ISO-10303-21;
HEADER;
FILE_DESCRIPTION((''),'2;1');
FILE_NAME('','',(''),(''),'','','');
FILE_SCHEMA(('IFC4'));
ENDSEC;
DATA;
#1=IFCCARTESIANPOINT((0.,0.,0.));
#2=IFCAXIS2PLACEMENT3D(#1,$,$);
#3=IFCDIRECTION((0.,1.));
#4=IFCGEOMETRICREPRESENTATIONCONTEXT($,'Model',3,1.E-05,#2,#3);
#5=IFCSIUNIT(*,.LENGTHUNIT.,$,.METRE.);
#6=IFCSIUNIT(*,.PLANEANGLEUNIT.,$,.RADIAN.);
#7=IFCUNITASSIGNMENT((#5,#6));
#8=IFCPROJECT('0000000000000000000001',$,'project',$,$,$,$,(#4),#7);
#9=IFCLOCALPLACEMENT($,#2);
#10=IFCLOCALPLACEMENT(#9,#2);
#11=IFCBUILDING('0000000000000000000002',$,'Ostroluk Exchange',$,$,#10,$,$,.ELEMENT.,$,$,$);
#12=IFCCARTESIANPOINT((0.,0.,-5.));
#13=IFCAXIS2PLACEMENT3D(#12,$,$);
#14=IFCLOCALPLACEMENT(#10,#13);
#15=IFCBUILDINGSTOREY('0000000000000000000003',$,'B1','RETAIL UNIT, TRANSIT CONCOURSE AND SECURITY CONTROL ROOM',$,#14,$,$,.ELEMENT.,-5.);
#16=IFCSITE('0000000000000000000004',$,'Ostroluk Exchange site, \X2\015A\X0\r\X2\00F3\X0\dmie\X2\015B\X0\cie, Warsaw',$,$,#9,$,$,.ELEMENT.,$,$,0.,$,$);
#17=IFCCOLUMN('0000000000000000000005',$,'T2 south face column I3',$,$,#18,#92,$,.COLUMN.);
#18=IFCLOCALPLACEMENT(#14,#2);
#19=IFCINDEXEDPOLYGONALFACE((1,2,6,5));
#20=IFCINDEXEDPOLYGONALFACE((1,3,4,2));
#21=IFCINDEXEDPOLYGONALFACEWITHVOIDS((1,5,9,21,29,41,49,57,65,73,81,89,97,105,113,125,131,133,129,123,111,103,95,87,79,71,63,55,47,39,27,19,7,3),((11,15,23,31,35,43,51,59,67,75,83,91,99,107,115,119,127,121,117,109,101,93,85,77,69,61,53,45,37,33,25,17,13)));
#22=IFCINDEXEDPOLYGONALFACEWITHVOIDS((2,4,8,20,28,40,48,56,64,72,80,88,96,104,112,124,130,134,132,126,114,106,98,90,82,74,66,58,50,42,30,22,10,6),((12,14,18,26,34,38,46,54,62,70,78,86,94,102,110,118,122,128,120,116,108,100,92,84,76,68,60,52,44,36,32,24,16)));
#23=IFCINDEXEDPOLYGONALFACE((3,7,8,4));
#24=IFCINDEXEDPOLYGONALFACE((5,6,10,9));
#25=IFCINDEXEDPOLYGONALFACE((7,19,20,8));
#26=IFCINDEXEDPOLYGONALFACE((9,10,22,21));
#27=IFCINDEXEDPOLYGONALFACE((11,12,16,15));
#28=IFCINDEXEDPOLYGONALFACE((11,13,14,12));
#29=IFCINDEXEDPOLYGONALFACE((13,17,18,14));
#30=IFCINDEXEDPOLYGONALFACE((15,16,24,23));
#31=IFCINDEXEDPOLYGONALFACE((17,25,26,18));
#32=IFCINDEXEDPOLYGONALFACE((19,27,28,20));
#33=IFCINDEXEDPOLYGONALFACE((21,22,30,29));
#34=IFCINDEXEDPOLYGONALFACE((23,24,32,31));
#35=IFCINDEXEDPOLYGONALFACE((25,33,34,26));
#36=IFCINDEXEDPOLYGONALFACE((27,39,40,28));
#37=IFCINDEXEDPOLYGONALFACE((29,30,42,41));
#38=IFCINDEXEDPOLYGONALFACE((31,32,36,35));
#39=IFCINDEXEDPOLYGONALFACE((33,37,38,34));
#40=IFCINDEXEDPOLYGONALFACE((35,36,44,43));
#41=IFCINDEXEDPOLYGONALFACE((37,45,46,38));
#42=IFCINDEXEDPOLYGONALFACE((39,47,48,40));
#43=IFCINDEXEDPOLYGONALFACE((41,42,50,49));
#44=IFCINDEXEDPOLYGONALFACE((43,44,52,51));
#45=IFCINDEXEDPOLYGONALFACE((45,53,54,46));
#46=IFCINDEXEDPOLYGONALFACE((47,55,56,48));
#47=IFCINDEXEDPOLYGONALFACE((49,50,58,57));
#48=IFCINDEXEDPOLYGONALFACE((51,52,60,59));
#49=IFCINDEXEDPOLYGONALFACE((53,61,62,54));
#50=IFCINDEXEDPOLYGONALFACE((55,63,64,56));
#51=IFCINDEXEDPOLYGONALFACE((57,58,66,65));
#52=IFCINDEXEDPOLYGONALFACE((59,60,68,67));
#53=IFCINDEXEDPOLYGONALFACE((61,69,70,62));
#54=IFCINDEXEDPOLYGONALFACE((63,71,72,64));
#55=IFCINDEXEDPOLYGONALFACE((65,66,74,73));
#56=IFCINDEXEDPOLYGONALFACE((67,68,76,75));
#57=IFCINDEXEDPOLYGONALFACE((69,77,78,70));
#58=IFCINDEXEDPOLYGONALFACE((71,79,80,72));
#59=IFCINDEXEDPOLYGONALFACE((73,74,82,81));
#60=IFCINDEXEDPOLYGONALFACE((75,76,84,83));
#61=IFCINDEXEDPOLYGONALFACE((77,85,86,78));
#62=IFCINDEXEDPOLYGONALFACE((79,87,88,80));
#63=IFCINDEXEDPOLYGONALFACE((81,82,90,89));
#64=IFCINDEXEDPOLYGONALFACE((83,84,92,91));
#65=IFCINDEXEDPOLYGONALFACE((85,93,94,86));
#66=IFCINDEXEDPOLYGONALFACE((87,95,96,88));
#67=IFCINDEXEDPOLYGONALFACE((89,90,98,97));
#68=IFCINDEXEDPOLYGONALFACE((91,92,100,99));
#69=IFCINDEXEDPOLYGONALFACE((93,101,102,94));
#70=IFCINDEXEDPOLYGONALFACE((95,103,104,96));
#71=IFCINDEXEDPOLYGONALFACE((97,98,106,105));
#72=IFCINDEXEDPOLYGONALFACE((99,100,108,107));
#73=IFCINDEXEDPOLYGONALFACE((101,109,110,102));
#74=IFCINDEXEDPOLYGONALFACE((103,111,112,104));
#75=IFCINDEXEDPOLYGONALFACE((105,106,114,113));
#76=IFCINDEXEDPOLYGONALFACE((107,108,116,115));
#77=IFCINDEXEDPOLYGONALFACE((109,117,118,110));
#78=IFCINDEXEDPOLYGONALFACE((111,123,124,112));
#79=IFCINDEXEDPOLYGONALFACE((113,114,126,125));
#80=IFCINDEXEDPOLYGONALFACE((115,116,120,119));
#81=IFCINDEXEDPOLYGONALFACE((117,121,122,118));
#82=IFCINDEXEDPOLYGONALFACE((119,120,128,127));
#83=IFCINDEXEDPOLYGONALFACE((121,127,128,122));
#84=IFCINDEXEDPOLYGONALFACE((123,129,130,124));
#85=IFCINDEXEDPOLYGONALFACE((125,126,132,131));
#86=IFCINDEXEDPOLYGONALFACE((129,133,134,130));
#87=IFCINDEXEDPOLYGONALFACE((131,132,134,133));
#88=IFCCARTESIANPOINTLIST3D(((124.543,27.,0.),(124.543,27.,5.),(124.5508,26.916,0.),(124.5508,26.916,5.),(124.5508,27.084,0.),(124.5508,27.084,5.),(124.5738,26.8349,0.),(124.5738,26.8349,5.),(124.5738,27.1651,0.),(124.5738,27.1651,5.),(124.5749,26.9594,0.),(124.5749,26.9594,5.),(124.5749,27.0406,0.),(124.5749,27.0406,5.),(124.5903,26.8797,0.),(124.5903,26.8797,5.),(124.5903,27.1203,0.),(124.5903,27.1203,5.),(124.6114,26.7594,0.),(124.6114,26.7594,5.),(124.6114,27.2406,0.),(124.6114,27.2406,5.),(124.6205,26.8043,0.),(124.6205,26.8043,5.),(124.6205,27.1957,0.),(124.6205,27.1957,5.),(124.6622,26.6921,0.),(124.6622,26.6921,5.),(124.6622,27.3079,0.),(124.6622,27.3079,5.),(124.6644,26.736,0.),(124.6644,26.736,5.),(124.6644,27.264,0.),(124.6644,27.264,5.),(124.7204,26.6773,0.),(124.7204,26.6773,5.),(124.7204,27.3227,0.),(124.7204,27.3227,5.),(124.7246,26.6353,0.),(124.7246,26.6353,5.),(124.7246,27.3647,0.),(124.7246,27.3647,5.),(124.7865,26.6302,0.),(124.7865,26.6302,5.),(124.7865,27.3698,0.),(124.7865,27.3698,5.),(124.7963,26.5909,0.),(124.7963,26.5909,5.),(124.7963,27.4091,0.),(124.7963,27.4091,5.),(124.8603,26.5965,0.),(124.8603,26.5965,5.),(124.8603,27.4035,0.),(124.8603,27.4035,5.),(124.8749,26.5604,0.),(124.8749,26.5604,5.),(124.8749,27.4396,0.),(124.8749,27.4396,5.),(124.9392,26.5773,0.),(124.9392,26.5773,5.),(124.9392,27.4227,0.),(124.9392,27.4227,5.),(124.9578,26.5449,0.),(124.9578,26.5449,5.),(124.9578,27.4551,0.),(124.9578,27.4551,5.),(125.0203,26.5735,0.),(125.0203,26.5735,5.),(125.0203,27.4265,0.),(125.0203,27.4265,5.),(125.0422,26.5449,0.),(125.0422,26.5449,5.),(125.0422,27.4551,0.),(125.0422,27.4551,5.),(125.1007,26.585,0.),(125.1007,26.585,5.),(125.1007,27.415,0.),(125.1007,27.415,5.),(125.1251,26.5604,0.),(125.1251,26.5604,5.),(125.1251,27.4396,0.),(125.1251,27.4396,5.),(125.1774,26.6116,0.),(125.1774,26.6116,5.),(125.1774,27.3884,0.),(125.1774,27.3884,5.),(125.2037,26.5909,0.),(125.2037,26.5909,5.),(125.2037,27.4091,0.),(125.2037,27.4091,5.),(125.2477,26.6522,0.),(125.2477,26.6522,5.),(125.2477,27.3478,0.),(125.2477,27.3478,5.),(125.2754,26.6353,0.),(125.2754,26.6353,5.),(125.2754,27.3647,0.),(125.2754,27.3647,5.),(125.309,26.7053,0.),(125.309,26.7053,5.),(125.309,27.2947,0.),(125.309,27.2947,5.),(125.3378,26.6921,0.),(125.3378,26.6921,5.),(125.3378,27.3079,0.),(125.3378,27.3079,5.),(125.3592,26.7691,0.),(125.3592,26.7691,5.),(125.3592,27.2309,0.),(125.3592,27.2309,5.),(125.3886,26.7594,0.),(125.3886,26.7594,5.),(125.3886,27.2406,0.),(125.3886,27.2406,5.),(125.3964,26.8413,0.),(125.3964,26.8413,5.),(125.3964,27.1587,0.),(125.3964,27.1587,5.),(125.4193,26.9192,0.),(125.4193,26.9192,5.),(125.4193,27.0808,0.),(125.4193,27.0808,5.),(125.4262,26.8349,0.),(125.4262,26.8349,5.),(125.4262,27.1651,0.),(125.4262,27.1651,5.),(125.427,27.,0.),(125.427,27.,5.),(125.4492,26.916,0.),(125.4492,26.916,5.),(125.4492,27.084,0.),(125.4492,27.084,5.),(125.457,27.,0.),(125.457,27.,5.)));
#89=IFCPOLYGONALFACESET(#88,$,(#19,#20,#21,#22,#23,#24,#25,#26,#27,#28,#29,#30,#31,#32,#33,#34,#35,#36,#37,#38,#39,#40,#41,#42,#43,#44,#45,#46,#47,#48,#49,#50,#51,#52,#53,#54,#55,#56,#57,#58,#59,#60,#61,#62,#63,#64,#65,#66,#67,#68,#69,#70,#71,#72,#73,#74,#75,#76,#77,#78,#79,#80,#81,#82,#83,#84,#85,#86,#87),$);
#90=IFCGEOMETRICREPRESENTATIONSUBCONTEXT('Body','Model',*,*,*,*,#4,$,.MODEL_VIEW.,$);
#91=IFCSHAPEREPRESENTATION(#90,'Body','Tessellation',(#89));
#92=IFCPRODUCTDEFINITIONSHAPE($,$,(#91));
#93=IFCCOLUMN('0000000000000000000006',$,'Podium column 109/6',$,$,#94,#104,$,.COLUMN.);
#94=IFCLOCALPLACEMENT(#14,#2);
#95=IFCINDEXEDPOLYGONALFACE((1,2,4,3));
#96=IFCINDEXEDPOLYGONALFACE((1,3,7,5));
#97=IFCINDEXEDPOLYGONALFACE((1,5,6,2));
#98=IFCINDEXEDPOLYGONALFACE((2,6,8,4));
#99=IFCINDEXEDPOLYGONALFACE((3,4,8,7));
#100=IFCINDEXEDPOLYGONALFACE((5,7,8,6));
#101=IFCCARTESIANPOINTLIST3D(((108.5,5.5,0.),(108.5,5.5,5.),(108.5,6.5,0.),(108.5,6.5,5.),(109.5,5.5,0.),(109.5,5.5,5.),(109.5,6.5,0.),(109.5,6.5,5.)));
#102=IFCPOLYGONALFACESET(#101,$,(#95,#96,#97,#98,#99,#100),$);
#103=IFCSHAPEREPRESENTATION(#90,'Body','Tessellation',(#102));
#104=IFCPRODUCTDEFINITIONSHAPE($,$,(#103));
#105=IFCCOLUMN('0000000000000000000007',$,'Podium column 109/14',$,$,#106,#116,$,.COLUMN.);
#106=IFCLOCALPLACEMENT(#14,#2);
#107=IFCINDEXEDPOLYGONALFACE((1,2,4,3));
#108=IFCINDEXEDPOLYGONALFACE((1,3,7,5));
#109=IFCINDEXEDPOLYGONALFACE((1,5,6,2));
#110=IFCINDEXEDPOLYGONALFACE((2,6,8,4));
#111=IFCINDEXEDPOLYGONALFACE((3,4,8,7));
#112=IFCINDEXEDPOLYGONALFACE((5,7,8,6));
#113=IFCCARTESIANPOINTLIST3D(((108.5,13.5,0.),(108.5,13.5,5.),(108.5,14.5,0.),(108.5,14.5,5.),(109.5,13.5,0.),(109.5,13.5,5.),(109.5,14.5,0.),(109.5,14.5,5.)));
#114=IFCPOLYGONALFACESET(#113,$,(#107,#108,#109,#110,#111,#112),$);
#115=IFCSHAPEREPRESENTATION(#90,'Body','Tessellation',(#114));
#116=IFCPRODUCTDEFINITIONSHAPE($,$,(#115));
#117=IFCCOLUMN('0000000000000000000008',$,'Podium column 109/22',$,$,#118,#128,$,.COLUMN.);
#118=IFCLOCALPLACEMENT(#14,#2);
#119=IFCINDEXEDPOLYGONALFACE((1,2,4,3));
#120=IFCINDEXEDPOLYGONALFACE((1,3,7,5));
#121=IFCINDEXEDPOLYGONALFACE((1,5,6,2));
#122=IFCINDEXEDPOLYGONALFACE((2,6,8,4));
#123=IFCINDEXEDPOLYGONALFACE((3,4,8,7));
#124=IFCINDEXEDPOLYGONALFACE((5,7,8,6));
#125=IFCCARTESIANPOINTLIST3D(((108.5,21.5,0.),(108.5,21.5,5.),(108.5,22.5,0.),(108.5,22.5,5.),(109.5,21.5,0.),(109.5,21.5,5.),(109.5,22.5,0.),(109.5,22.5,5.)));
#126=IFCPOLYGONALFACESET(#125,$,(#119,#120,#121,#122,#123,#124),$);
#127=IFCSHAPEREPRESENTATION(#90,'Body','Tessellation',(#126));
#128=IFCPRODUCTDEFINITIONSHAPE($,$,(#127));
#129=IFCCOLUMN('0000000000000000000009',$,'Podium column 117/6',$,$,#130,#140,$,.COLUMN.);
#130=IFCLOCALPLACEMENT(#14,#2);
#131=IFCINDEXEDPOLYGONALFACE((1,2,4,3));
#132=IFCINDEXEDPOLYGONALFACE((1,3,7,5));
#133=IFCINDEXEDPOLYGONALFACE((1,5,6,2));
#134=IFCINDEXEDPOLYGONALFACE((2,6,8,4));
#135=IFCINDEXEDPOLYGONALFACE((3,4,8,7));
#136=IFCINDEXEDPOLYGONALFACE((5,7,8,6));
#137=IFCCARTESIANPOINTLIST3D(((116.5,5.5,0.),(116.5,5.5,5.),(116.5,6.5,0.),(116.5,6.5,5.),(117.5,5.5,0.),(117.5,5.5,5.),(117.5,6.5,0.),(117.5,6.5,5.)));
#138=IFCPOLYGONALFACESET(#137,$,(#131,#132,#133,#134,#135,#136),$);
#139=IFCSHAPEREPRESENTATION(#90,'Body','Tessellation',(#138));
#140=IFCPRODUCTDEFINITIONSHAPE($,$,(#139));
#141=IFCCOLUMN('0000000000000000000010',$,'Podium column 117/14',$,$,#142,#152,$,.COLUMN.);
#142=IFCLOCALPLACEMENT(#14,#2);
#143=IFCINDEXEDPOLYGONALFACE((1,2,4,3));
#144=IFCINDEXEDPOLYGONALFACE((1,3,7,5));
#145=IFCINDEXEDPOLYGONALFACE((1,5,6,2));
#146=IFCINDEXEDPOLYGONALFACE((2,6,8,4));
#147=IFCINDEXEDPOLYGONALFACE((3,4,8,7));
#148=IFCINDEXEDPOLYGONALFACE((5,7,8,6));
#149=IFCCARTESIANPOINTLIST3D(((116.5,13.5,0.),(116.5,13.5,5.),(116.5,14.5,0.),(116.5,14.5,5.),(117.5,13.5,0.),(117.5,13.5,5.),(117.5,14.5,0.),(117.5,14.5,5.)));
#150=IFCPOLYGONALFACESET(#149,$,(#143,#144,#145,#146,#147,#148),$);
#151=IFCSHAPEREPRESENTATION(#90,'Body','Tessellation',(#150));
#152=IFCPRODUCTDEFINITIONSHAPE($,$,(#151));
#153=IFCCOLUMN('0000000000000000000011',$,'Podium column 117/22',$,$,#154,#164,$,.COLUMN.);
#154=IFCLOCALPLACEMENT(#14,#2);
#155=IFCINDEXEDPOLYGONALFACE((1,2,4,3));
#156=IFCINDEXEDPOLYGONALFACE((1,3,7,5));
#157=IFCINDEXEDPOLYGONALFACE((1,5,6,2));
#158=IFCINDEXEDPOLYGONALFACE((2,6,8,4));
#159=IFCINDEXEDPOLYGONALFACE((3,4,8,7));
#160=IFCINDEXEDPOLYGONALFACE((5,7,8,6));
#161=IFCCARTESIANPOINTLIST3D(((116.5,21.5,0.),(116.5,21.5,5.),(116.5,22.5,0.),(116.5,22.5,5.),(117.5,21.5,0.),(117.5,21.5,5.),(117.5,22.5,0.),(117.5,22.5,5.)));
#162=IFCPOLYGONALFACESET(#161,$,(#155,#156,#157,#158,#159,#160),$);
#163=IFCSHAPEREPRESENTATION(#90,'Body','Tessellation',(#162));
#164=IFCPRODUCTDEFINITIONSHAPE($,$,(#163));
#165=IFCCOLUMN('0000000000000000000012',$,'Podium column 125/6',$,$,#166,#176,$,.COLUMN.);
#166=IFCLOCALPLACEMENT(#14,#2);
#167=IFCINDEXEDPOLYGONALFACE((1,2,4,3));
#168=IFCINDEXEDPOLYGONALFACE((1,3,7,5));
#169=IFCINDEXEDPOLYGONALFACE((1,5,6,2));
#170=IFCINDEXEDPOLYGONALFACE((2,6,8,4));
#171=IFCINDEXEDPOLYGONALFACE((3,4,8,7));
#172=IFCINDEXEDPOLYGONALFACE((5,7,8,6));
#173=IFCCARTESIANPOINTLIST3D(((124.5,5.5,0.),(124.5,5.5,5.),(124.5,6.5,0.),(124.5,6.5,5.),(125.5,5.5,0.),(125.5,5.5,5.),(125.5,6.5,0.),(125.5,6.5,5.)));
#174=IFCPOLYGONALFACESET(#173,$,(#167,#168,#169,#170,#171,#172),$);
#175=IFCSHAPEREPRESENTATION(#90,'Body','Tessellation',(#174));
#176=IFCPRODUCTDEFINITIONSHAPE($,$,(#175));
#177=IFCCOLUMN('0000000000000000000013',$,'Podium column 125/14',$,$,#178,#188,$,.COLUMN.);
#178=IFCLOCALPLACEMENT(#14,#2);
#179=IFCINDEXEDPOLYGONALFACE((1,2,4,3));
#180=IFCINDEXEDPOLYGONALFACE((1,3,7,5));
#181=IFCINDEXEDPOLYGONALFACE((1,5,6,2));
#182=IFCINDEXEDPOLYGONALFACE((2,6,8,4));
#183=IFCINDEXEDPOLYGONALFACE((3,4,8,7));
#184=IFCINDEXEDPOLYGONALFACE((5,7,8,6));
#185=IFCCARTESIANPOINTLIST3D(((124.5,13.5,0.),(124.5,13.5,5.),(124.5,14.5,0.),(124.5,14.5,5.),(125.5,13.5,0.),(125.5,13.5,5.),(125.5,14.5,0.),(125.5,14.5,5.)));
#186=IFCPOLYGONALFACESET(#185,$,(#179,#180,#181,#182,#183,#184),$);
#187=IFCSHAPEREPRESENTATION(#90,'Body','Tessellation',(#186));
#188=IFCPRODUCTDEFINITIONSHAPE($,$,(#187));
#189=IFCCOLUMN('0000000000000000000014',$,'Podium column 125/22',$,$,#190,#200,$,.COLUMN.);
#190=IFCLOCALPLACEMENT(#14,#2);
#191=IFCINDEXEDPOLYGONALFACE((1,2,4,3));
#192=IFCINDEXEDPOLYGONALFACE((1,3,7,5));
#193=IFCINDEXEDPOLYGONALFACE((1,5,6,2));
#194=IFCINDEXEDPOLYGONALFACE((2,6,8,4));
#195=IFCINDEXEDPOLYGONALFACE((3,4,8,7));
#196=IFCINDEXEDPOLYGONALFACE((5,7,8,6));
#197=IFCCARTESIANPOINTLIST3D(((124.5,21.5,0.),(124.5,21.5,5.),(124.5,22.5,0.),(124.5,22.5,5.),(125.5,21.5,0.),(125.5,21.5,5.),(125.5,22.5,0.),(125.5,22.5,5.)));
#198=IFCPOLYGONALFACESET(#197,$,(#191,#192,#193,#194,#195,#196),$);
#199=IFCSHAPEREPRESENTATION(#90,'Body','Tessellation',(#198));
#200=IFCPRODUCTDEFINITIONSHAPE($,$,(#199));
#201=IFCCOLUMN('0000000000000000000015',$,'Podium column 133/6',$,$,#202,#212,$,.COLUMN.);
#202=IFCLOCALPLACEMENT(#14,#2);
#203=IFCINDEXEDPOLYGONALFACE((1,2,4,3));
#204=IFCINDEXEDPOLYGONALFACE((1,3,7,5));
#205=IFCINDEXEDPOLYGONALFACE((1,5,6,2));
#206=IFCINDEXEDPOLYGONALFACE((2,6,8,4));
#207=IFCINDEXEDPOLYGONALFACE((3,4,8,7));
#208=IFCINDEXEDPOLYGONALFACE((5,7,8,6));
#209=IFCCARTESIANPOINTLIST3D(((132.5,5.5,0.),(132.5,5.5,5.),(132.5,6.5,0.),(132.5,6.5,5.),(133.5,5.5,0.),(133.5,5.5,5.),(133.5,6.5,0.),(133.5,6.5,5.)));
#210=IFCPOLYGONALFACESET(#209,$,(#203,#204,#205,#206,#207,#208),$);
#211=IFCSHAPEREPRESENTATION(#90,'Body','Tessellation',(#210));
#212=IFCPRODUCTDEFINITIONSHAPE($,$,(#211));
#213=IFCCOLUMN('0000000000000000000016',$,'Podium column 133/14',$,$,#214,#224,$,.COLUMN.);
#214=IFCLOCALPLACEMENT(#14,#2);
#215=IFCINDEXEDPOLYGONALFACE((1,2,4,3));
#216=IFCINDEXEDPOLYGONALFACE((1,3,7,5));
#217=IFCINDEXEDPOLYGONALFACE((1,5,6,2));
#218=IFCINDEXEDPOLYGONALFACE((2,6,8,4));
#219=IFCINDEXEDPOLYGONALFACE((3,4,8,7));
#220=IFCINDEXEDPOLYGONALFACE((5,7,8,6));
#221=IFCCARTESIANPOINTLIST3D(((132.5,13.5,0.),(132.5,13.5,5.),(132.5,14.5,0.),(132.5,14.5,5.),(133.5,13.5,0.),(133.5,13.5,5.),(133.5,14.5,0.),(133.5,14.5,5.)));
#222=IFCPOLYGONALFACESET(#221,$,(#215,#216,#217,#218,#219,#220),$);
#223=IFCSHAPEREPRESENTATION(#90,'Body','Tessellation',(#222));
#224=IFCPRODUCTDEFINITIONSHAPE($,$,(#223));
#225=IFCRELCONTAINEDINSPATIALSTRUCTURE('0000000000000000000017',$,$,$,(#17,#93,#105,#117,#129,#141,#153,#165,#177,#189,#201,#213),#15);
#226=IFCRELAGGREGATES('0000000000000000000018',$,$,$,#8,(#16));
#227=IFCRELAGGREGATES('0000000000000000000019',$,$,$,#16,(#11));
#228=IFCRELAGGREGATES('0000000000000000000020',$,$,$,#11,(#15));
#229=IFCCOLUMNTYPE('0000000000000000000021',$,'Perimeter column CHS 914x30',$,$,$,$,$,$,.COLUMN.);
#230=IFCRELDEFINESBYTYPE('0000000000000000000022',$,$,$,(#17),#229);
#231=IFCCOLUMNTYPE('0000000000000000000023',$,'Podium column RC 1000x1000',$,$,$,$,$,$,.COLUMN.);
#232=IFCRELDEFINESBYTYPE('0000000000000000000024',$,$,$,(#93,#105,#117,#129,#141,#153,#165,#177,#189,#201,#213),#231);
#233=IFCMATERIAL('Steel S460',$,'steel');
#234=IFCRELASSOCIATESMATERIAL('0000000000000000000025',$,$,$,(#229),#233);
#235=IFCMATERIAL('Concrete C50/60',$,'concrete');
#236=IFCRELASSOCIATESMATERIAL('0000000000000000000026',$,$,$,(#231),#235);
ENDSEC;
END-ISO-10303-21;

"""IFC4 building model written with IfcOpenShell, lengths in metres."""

from ifc_helpers import new_model, si_unit, direction, frame, origin, origin_2d, place, context, subcontext, project, spatial, rectangle, hollow_circle, extrude, material, material_profile, profile_set, type_object, element, save


model = new_model("IFC4")

# Units and contexts
model_context = context("Model", 3, precision=1e-05, world=origin(), true_north=direction((0.0, 1.0)))
body_context = subcontext(model_context, "Body", "Model", "MODEL_VIEW")
ifc_project = project(units=[si_unit("LENGTHUNIT", "METRE"), si_unit("PLANEANGLEUNIT", "RADIAN")], contexts=[model_context])

# Site, building, storey
site_placement = place(None, origin())
site = spatial("IfcSite", under=ifc_project, at=site_placement, Name="Ostroluk Exchange site, Śródmieście, Warsaw", CompositionType="ELEMENT", RefElevation=0.0)
building_placement = place(site_placement, origin())
building = spatial("IfcBuilding", under=site, at=building_placement, Name="Ostroluk Exchange", CompositionType="ELEMENT")
storey_placement = place(building_placement, frame((0.0, 0.0, -5.0)))
storey = spatial("IfcBuildingStorey", under=building, at=storey_placement, Name="B1", Description="RETAIL UNIT, TRANSIT CONCOURSE AND SECURITY CONTROL ROOM", CompositionType="ELEMENT", Elevation=-5.0)

# Columns
ifc_material_1 = material(Name="Steel S460", Category="steel")
ifc_material_profile_1 = material_profile(ifc_material_1, hollow_circle(Radius=0.457, WallThickness=0.03, at=origin_2d()), Name="CHS 914x30")
ifc_profile_set_1 = profile_set([ifc_material_profile_1], Name="Steel S460")
column_type_1 = type_object("IfcColumnType", Name="Perimeter column CHS 914x30", PredefinedType="COLUMN", material=ifc_profile_set_1)
for number, where, z_axis, x_axis, name in (
    (1, (125.0, 27.0, 0.0), (0.0, 0.0, 1.0), (1.0, 0.0, 0.0), "T2 south face column I3"),
):
    element("IfcColumn", number, at=place(storey_placement, frame(where, z_axis=z_axis, x_axis=x_axis)), inside=storey, type_object=column_type_1, Name=name, PredefinedType="COLUMN", context=body_context, shape_type="SweptSolid", body=[
        extrude(hollow_circle(Radius=0.457, WallThickness=0.03, at=origin_2d()), origin(), (0.0, 0.0, 1.0), 5.0),
    ])
ifc_material_2 = material(Name="Concrete C50/60", Category="concrete")
ifc_material_profile_2 = material_profile(ifc_material_2, rectangle(XDim=1.0, YDim=1.0, at=origin_2d()), Name="RC 1000x1000")
ifc_profile_set_2 = profile_set([ifc_material_profile_2], Name="Concrete C50/60")
column_type_2 = type_object("IfcColumnType", Name="Podium column RC 1000x1000", PredefinedType="COLUMN", material=ifc_profile_set_2)
for number, where, z_axis, x_axis, name in (
    (2, (109.0, 6.0, 0.0), (0.0, 0.0, 1.0), (1.0, 0.0, 0.0), "Podium column 109/6"),
    (3, (109.0, 14.0, 0.0), (0.0, 0.0, 1.0), (1.0, 0.0, 0.0), "Podium column 109/14"),
    (4, (109.0, 22.0, 0.0), (0.0, 0.0, 1.0), (1.0, 0.0, 0.0), "Podium column 109/22"),
    (5, (117.0, 6.0, 0.0), (0.0, 0.0, 1.0), (1.0, 0.0, 0.0), "Podium column 117/6"),
    (6, (117.0, 14.0, 0.0), (0.0, 0.0, 1.0), (1.0, 0.0, 0.0), "Podium column 117/14"),
    (7, (117.0, 22.0, 0.0), (0.0, 0.0, 1.0), (1.0, 0.0, 0.0), "Podium column 117/22"),
    (8, (125.0, 6.0, 0.0), (0.0, 0.0, 1.0), (1.0, 0.0, 0.0), "Podium column 125/6"),
    (9, (125.0, 14.0, 0.0), (0.0, 0.0, 1.0), (1.0, 0.0, 0.0), "Podium column 125/14"),
    (10, (125.0, 22.0, 0.0), (0.0, 0.0, 1.0), (1.0, 0.0, 0.0), "Podium column 125/22"),
    (11, (133.0, 6.0, 0.0), (0.0, 0.0, 1.0), (1.0, 0.0, 0.0), "Podium column 133/6"),
    (12, (133.0, 14.0, 0.0), (0.0, 0.0, 1.0), (1.0, 0.0, 0.0), "Podium column 133/14"),
):
    element("IfcColumn", number, at=place(storey_placement, frame(where, z_axis=z_axis, x_axis=x_axis)), inside=storey, type_object=column_type_2, Name=name, PredefinedType="COLUMN", context=body_context, shape_type="SweptSolid", body=[
        extrude(rectangle(XDim=1.0, YDim=1.0, at=origin_2d()), origin(), (0.0, 0.0, 1.0), 5.0),
    ])

save(model, "model.ifc")
